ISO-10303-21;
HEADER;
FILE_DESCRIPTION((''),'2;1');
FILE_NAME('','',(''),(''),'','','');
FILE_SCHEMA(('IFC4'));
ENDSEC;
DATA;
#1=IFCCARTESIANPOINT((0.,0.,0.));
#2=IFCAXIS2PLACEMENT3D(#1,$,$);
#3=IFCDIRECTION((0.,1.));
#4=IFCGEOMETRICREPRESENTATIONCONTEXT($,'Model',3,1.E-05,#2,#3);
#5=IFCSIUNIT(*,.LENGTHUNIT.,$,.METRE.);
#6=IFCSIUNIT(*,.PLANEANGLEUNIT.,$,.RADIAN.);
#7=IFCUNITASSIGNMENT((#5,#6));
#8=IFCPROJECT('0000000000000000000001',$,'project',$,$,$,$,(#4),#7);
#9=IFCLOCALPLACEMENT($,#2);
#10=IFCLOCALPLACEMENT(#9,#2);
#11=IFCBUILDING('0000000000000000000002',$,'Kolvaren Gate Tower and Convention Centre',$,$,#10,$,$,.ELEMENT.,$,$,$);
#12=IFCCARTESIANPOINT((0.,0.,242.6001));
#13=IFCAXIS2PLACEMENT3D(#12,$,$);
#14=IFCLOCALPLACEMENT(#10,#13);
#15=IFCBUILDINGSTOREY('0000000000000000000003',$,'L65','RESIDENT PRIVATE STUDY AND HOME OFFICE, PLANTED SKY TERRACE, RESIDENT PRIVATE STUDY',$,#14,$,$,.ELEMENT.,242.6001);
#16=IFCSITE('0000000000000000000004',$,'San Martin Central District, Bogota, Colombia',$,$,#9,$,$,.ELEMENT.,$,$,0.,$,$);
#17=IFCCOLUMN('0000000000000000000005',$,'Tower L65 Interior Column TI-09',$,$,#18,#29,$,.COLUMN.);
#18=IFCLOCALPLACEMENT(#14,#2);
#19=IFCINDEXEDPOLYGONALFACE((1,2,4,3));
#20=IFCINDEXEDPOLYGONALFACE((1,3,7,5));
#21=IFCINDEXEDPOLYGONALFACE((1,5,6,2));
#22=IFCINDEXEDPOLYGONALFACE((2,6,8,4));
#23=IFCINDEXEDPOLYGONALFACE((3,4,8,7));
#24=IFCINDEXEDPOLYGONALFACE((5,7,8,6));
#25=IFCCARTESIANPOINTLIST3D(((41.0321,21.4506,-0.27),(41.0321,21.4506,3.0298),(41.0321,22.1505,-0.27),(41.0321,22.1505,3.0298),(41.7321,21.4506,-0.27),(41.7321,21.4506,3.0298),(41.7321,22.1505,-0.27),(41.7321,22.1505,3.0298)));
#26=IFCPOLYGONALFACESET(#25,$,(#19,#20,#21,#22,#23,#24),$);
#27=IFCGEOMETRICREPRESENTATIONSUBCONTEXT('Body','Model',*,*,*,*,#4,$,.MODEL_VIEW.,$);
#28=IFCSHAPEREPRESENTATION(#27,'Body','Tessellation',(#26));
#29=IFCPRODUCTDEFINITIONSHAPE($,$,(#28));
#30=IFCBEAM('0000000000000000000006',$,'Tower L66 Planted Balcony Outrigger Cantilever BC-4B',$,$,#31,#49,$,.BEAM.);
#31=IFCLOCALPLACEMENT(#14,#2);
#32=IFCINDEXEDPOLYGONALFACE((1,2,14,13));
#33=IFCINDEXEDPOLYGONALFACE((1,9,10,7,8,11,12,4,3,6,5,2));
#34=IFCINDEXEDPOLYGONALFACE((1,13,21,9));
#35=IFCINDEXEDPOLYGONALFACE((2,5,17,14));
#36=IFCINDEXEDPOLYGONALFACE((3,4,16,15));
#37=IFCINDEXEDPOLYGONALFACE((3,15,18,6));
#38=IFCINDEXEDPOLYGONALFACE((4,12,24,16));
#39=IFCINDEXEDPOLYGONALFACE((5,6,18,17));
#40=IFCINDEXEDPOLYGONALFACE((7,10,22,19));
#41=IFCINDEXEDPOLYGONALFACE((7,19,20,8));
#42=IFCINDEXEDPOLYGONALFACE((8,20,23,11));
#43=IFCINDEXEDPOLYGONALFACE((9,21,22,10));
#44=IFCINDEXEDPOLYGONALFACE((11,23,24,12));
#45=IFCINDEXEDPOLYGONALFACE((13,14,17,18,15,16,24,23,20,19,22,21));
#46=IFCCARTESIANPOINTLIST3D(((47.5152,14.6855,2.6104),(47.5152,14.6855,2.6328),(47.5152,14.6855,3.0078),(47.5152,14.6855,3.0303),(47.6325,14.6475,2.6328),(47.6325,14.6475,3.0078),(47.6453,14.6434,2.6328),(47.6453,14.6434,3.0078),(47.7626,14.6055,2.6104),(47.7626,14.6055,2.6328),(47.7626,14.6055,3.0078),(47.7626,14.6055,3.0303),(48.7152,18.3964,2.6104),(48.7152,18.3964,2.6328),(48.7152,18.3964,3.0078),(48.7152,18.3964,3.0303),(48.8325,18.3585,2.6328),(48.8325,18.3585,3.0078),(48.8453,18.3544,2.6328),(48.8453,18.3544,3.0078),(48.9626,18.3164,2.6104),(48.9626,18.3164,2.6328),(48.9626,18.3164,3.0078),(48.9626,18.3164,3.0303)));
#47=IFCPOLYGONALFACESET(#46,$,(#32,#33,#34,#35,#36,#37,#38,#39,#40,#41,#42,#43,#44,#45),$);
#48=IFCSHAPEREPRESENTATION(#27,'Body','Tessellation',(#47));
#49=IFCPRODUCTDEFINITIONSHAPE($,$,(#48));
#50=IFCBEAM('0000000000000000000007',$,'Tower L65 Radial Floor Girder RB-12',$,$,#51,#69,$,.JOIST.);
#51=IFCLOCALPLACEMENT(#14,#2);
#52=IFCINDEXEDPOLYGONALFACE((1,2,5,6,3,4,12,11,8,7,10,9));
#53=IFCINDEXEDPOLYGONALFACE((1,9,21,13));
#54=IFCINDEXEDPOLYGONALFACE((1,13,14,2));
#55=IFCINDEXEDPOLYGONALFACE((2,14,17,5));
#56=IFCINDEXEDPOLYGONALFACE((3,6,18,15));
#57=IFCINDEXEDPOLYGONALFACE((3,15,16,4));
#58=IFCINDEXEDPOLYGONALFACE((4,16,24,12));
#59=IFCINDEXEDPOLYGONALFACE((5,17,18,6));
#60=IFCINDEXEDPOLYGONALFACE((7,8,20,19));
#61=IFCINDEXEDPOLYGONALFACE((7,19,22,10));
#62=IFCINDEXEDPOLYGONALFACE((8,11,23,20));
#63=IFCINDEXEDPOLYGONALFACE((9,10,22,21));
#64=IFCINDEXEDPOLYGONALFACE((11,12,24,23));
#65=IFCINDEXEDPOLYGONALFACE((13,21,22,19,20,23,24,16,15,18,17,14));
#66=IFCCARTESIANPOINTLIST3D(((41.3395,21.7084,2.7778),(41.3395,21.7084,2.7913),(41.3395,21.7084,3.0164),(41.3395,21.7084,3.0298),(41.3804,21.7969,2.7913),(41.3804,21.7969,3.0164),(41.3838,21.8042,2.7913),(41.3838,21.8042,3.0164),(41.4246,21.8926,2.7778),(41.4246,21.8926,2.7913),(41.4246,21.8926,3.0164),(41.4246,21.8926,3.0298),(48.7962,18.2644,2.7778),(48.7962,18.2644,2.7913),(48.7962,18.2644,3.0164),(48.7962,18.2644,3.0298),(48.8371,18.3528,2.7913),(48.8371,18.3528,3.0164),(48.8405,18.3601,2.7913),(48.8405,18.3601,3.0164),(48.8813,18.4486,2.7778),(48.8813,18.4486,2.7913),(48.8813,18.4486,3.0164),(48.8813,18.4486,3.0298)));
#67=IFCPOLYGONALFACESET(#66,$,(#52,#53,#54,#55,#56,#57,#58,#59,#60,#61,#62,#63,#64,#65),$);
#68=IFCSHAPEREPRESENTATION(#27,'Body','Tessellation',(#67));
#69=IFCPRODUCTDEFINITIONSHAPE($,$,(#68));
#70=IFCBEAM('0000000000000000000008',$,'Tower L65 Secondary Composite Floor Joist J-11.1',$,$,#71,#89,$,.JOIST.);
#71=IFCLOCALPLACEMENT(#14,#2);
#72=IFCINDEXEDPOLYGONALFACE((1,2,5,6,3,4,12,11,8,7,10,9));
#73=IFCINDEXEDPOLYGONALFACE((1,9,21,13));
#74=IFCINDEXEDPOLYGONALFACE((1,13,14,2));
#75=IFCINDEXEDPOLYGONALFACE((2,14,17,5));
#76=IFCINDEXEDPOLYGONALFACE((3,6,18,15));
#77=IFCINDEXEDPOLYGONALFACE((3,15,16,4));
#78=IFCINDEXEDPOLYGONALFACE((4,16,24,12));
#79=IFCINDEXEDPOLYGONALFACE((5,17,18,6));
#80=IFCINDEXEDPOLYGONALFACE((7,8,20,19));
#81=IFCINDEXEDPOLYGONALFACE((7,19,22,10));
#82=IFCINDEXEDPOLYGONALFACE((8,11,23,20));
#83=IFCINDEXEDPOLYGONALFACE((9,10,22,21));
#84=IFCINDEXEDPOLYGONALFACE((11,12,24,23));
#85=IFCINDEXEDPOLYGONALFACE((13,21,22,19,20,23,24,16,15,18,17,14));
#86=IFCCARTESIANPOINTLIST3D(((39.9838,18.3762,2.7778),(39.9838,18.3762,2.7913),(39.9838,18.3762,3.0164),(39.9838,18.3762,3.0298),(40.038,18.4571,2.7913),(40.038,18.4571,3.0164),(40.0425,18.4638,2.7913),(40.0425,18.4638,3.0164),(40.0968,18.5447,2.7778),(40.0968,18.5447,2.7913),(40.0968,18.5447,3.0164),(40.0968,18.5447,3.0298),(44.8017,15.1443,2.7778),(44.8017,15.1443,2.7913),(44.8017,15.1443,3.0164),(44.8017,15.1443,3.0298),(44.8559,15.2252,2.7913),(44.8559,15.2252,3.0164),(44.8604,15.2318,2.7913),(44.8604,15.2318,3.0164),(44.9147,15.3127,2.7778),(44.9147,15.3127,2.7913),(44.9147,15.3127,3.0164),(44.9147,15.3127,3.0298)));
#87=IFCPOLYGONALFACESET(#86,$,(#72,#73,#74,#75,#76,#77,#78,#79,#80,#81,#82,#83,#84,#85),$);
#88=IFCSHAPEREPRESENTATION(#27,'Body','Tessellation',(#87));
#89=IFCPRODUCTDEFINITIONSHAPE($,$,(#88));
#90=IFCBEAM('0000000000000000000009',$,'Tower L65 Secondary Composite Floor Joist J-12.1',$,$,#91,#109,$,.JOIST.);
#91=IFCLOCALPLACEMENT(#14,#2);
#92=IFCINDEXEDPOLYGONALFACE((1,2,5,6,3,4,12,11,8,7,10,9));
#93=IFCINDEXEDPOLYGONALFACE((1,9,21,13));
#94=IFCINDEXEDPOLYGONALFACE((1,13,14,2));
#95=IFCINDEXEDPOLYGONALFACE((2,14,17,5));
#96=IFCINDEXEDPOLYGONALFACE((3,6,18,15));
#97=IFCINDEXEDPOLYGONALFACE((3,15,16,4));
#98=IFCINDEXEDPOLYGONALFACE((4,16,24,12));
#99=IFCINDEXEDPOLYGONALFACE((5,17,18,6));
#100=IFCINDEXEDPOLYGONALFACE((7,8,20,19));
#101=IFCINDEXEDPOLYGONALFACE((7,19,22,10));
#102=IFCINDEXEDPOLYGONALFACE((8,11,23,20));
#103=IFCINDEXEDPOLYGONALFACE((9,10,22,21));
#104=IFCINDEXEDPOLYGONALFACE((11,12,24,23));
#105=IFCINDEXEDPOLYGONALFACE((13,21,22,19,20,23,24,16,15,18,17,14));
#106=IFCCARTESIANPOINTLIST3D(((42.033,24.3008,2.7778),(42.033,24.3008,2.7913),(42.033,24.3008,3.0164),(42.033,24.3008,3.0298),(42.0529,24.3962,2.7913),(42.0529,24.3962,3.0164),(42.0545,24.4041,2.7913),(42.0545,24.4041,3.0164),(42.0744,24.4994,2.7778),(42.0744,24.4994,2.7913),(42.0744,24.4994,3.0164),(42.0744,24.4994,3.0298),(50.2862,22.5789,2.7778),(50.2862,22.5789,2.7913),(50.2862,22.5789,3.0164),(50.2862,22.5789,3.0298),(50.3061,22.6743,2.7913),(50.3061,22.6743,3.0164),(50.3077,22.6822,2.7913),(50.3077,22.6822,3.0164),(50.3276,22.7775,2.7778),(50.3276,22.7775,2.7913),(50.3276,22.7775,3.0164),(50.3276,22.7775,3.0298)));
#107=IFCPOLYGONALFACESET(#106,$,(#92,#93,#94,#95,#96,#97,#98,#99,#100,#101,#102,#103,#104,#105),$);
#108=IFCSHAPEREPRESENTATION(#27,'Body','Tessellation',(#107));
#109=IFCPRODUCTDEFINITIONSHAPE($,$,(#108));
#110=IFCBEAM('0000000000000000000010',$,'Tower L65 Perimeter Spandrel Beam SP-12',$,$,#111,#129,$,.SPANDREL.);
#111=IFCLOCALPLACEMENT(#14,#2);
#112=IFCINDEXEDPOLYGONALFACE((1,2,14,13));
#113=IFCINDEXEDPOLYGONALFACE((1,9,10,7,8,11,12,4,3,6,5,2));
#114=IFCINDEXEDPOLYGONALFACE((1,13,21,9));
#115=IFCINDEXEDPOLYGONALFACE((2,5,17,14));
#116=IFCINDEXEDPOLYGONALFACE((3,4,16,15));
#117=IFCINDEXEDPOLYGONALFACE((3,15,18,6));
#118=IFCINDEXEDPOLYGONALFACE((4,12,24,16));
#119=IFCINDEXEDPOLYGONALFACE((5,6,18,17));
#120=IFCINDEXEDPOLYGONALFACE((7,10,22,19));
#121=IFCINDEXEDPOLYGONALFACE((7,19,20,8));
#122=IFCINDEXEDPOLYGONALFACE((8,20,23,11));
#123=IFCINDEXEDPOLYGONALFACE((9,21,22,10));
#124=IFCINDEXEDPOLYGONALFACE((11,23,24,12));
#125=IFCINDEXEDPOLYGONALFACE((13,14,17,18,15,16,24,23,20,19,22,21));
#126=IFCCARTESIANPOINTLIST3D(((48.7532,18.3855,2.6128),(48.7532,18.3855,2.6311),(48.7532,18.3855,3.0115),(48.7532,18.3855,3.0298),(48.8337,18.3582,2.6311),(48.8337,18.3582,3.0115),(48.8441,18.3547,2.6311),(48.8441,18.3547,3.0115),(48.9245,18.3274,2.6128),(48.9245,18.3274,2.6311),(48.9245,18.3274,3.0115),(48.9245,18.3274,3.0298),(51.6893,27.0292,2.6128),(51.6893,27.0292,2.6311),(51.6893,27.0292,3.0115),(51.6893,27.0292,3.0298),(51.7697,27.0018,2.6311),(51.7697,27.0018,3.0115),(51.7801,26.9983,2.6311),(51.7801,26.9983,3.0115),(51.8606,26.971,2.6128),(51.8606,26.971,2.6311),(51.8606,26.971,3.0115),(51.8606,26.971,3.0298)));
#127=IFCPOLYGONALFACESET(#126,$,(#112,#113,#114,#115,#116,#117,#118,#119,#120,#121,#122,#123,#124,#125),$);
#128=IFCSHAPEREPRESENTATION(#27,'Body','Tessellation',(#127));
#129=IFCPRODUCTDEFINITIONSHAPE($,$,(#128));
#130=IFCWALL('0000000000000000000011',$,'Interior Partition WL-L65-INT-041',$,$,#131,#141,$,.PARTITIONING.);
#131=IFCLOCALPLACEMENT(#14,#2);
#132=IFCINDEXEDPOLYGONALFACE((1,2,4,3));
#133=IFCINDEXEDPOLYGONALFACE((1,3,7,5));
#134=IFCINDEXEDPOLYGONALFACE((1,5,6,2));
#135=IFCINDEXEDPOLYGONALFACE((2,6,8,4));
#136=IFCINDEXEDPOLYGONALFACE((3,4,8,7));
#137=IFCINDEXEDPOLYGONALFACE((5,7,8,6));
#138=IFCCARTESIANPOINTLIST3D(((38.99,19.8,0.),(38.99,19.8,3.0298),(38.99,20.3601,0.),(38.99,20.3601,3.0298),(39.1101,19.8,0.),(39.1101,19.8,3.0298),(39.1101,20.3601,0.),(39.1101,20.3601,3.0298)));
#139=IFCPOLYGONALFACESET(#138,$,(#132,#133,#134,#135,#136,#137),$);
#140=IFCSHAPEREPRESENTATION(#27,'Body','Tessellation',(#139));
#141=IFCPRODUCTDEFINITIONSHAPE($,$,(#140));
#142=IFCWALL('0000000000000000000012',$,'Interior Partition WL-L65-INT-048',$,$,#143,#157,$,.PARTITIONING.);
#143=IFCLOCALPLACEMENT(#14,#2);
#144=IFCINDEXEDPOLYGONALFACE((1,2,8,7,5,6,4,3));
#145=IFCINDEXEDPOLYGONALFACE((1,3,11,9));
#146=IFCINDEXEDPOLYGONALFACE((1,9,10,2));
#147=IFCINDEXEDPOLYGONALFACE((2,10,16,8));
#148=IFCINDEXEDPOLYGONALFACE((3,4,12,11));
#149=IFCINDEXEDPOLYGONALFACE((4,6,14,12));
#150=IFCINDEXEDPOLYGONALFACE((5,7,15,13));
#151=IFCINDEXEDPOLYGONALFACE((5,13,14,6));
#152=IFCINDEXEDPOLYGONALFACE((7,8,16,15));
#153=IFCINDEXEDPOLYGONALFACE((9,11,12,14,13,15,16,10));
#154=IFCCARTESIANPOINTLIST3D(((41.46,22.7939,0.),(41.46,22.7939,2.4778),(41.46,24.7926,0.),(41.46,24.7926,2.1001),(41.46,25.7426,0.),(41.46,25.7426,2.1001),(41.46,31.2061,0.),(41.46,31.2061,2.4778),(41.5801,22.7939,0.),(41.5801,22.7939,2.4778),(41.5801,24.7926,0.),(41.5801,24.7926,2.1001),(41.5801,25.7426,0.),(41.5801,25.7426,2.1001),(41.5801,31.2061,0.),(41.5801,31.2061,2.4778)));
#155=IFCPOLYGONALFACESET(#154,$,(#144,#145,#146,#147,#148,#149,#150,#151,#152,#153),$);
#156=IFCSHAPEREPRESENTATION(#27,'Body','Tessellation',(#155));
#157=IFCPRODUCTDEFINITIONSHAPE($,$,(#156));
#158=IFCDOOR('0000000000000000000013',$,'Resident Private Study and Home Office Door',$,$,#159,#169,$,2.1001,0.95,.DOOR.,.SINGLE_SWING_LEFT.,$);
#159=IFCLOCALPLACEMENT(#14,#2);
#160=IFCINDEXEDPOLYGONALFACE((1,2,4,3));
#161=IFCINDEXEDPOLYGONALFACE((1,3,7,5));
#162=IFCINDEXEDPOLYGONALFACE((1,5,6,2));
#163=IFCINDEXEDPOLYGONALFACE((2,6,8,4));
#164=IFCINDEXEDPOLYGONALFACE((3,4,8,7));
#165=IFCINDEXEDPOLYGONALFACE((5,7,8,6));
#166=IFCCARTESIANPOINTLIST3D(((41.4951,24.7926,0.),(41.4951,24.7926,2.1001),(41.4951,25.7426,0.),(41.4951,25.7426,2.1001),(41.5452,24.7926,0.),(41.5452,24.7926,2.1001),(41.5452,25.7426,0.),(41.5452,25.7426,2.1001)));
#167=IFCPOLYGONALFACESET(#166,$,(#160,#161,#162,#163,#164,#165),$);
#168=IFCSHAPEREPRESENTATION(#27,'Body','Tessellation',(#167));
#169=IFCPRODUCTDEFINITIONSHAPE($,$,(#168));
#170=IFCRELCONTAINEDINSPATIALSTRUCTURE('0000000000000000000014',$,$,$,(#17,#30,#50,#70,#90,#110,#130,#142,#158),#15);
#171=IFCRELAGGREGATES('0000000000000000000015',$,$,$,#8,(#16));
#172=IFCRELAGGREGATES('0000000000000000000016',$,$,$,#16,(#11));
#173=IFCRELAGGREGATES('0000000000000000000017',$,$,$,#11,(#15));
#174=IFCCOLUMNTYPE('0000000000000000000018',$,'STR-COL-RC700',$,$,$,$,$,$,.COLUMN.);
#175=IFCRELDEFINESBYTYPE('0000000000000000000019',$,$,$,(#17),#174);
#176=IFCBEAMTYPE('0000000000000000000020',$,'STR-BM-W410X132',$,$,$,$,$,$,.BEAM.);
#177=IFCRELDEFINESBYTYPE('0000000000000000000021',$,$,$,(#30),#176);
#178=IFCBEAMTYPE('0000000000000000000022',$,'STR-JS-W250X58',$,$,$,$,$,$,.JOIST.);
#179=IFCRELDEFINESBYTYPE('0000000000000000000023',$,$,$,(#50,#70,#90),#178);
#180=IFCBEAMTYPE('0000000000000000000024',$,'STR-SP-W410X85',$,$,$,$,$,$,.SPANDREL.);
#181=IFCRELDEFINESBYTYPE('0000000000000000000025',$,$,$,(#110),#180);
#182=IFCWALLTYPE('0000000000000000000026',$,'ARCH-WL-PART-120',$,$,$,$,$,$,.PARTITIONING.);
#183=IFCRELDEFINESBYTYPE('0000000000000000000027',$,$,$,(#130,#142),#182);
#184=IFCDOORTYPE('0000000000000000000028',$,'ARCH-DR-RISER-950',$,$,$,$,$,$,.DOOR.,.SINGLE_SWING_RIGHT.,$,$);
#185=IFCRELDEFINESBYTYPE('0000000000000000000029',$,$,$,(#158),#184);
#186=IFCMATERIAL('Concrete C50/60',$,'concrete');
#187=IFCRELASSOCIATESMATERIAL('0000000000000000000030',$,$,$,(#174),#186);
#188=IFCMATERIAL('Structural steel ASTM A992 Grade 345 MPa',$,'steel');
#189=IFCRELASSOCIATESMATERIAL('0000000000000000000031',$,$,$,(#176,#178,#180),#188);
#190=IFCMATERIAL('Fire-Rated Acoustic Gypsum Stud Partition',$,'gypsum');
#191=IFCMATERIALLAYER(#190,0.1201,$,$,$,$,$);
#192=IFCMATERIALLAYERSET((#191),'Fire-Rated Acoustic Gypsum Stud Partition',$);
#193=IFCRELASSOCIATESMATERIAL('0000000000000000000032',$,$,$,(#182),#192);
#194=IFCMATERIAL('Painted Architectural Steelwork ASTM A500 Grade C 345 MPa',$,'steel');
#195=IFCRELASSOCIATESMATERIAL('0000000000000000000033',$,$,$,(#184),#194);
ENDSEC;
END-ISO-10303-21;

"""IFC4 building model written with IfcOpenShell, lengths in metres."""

from ifc_helpers import new_model, si_unit, direction, frame, frame_2d, origin, origin_2d, place, context, subcontext, project, spatial, rectangle, i_section, extrude, material, layer, layer_set, material_profile, profile_set, type_object, element, fill, save


model = new_model("IFC4")

# Units and contexts
model_context = context("Model", 3, precision=1e-05, world=origin(), true_north=direction((0.0, 1.0)))
body_context = subcontext(model_context, "Body", "Model", "MODEL_VIEW")
ifc_project = project(units=[si_unit("LENGTHUNIT", "METRE"), si_unit("PLANEANGLEUNIT", "RADIAN")], contexts=[model_context])

# Site, building, storey
site_placement = place(None, origin())
site = spatial("IfcSite", under=ifc_project, at=site_placement, Name="San Martin Central District, Bogota, Colombia", CompositionType="ELEMENT", RefElevation=0.0)
building_placement = place(site_placement, origin())
building = spatial("IfcBuilding", under=site, at=building_placement, Name="Kolvaren Gate Tower and Convention Centre", CompositionType="ELEMENT")
storey_placement = place(building_placement, frame((0.0, 0.0, 242.6001)))
storey = spatial("IfcBuildingStorey", under=building, at=storey_placement, Name="L65", Description="RESIDENT PRIVATE STUDY AND HOME OFFICE, PLANTED SKY TERRACE, RESIDENT PRIVATE STUDY", CompositionType="ELEMENT", Elevation=242.6001)

# Column
ifc_material_1 = material(Name="Concrete C50/60", Category="concrete")
ifc_material_profile_1 = material_profile(ifc_material_1, rectangle(XDim=0.7, YDim=0.7, at=origin_2d()), Name="RC-COL-700X700")
ifc_profile_set_1 = profile_set([ifc_material_profile_1], Name="Concrete C50/60")
column_type = type_object("IfcColumnType", Name="STR-COL-RC700", PredefinedType="COLUMN", material=ifc_profile_set_1)
column_placement = place(storey_placement, frame((41.3821, 21.8005, -0.27), z_axis=(0.0, 0.0, 1.0), x_axis=(1.0, 0.0, 0.0)))
element("IfcColumn", 1, at=column_placement, inside=storey, type_object=column_type, Name="Tower L65 Interior Column TI-09", PredefinedType="COLUMN", context=body_context, shape_type="SweptSolid", body=[
    extrude(rectangle(XDim=0.7, YDim=0.7, at=origin_2d()), origin(), (0.0, 0.0, 1.0), 3.2998),
])

# Beams
ifc_material_2 = material(Name="Structural steel ASTM A992 Grade 345 MPa", Category="steel")
ifc_material_profile_2 = material_profile(ifc_material_2, i_section(OverallWidth=0.26, OverallDepth=0.4199, WebThickness=0.0134, FlangeThickness=0.0225, at=origin_2d()), Name="W410X132")
ifc_profile_set_2 = profile_set([ifc_material_profile_2], Name="Structural steel ASTM A992 Grade 345 MPa")
beam_type_1 = type_object("IfcBeamType", Name="STR-BM-W410X132", PredefinedType="BEAM", material=ifc_profile_set_2)
beam_1_placement = place(storey_placement, frame((48.8389, 18.3564, 2.8203), z_axis=(-0.30767, -0.951493, 0.0), x_axis=(0.951493, -0.30767, 0.0)))
element("IfcBeam", 2, at=beam_1_placement, inside=storey, type_object=beam_type_1, Name="Tower L66 Planted Balcony Outrigger Cantilever BC-4B", PredefinedType="BEAM", context=body_context, shape_type="SweptSolid", body=[
    extrude(i_section(OverallWidth=0.26, OverallDepth=0.4199, WebThickness=0.0134, FlangeThickness=0.0225, at=origin_2d()), origin(), (0.0, 0.0, 1.0), 3.9001),
])
ifc_material_profile_3 = material_profile(ifc_material_2, i_section(OverallWidth=0.2029, OverallDepth=0.252, WebThickness=0.0081, FlangeThickness=0.0134, at=origin_2d()), Name="W250X58")
ifc_profile_set_3 = profile_set([ifc_material_profile_3], Name="Structural steel ASTM A992 Grade 345 MPa")
beam_type_2 = type_object("IfcBeamType", Name="STR-JS-W250X58", PredefinedType="JOIST", material=ifc_profile_set_3)
beam_2_placement = place(storey_placement, frame((41.3821, 21.8005, 2.9038), z_axis=(0.907844, -0.419309, 0.0), x_axis=(0.419309, 0.907844, 0.0)))
element("IfcBeam", 3, at=beam_2_placement, inside=storey, type_object=beam_type_2, Name="Tower L65 Radial Floor Girder RB-12", PredefinedType="JOIST", context=body_context, shape_type="SweptSolid", body=[
    extrude(i_section(OverallWidth=0.2029, OverallDepth=0.252, WebThickness=0.0081, FlangeThickness=0.0134, at=origin_2d()), origin(), (0.0, 0.0, 1.0), 8.2136),
])
beam_3_placement = place(storey_placement, frame((40.0403, 18.4604, 2.9038), z_axis=(0.830454, -0.557087, 0.0), x_axis=(0.557087, 0.830454, 0.0)))
element("IfcBeam", 4, at=beam_3_placement, inside=storey, type_object=beam_type_2, Name="Tower L65 Secondary Composite Floor Joist J-11.1", PredefinedType="JOIST", context=body_context, shape_type="SweptSolid", body=[
    extrude(i_section(OverallWidth=0.2029, OverallDepth=0.252, WebThickness=0.0081, FlangeThickness=0.0134, at=origin_2d()), origin(), (0.0, 0.0, 1.0), 5.8015),
])
beam_4_placement = place(storey_placement, frame((42.0537, 24.4001, 2.9038), z_axis=(0.978921, -0.20424, 0.0), x_axis=(0.20424, 0.978921, 0.0)))
element("IfcBeam", 5, at=beam_4_placement, inside=storey, type_object=beam_type_2, Name="Tower L65 Secondary Composite Floor Joist J-12.1", PredefinedType="JOIST", context=body_context, shape_type="SweptSolid", body=[
    extrude(i_section(OverallWidth=0.2029, OverallDepth=0.252, WebThickness=0.0081, FlangeThickness=0.0134, at=origin_2d()), origin(), (0.0, 0.0, 1.0), 8.4309),
])
ifc_material_profile_4 = material_profile(ifc_material_2, i_section(OverallWidth=0.1809, OverallDepth=0.417, WebThickness=0.011, FlangeThickness=0.0183, at=origin_2d()), Name="W410X85")
ifc_profile_set_4 = profile_set([ifc_material_profile_4], Name="Structural steel ASTM A992 Grade 345 MPa")
beam_type_3 = type_object("IfcBeamType", Name="STR-SP-W410X85", PredefinedType="SPANDREL", material=ifc_profile_set_4)
beam_5_placement = place(storey_placement, frame((48.8389, 18.3564, 2.8213), z_axis=(0.32163, 0.946865, 0.0), x_axis=(-0.946865, 0.32163, 0.0)))
element("IfcBeam", 6, at=beam_5_placement, inside=storey, type_object=beam_type_3, Name="Tower L65 Perimeter Spandrel Beam SP-12", PredefinedType="SPANDREL", context=body_context, shape_type="SweptSolid", body=[
    extrude(i_section(OverallWidth=0.1809, OverallDepth=0.417, WebThickness=0.011, FlangeThickness=0.0183, at=origin_2d()), origin(), (0.0, 0.0, 1.0), 9.1287),
])

# Wall
ifc_material_3 = material(Name="Fire-Rated Acoustic Gypsum Stud Partition", Category="gypsum")
ifc_layer_1 = layer(ifc_material_3, 0.1201)
ifc_layer_set_1 = layer_set([ifc_layer_1], Name="Fire-Rated Acoustic Gypsum Stud Partition")
wall_type_1 = type_object("IfcWallType", Name="ARCH-WL-PART-120", PredefinedType="PARTITIONING", material=ifc_layer_set_1)
wall_1_placement = place(storey_placement, frame((39.05, 19.8, 0.0), z_axis=(0.0, 0.0, 1.0), x_axis=(0.0, 1.0, 0.0)))
element("IfcWall", 7, at=wall_1_placement, inside=storey, type_object=wall_type_1, Name="Interior Partition WL-L65-INT-041", PredefinedType="PARTITIONING", context=body_context, shape_type="SweptSolid", body=[
    extrude(rectangle(XDim=0.5601, YDim=0.1201, at=frame_2d((0.28, 0.0))), origin(), (0.0, 0.0, 1.0), 3.0298),
])

# Wall, opening, door
wall_2_placement = place(storey_placement, frame((41.52, 22.7939, 0.0), z_axis=(0.0, 0.0, 1.0), x_axis=(0.0, 1.0, 0.0)))
wall_2 = element("IfcWall", 8, at=wall_2_placement, inside=storey, type_object=wall_type_1, Name="Interior Partition WL-L65-INT-048", PredefinedType="PARTITIONING", context=body_context, shape_type="SweptSolid", body=[
    extrude(rectangle(XDim=8.4121, YDim=0.1201, at=frame_2d((4.2061, 0.0))), origin(), (0.0, 0.0, 1.0), 2.4778),
])
opening_1_placement = place(wall_2_placement, frame((1.9985, 0.0, 0.0)))
opening_1 = element("IfcOpeningElement", 9, at=opening_1_placement, cuts=wall_2, PredefinedType="OPENING", context=body_context, shape_type="SweptSolid", body=[
    extrude(rectangle(XDim=0.95, YDim=2.1001, at=frame_2d((0.4751, 1.05))), frame((0.0, 0.0701, 0.0), z_axis=(0.0, -1.0, 0.0), x_axis=(1.0, 0.0, 0.0)), (0.0, 0.0, 1.0), 0.1401),
])
ifc_material_4 = material(Name="Painted Architectural Steelwork ASTM A500 Grade C 345 MPa", Category="steel")
door_type = type_object("IfcDoorType", Name="ARCH-DR-RISER-950", OperationType="SINGLE_SWING_RIGHT", PredefinedType="DOOR", material=ifc_material_4)
door_placement = place(opening_1_placement, origin())
door = element("IfcDoor", 10, at=door_placement, inside=storey, type_object=door_type, Name="Resident Private Study and Home Office Door", OperationType="SINGLE_SWING_LEFT", OverallHeight=2.1001, OverallWidth=0.95, PredefinedType="DOOR", context=body_context, shape_type="SweptSolid", body=[
    extrude(rectangle(XDim=0.95, YDim=2.1001, at=frame_2d((0.4751, 1.05))), frame((0.0, 0.0249, 0.0), z_axis=(0.0, -1.0, 0.0), x_axis=(1.0, 0.0, 0.0)), (0.0, 0.0, 1.0), 0.05),
])
fill(opening_1, door)

save(model, "model.ifc")
